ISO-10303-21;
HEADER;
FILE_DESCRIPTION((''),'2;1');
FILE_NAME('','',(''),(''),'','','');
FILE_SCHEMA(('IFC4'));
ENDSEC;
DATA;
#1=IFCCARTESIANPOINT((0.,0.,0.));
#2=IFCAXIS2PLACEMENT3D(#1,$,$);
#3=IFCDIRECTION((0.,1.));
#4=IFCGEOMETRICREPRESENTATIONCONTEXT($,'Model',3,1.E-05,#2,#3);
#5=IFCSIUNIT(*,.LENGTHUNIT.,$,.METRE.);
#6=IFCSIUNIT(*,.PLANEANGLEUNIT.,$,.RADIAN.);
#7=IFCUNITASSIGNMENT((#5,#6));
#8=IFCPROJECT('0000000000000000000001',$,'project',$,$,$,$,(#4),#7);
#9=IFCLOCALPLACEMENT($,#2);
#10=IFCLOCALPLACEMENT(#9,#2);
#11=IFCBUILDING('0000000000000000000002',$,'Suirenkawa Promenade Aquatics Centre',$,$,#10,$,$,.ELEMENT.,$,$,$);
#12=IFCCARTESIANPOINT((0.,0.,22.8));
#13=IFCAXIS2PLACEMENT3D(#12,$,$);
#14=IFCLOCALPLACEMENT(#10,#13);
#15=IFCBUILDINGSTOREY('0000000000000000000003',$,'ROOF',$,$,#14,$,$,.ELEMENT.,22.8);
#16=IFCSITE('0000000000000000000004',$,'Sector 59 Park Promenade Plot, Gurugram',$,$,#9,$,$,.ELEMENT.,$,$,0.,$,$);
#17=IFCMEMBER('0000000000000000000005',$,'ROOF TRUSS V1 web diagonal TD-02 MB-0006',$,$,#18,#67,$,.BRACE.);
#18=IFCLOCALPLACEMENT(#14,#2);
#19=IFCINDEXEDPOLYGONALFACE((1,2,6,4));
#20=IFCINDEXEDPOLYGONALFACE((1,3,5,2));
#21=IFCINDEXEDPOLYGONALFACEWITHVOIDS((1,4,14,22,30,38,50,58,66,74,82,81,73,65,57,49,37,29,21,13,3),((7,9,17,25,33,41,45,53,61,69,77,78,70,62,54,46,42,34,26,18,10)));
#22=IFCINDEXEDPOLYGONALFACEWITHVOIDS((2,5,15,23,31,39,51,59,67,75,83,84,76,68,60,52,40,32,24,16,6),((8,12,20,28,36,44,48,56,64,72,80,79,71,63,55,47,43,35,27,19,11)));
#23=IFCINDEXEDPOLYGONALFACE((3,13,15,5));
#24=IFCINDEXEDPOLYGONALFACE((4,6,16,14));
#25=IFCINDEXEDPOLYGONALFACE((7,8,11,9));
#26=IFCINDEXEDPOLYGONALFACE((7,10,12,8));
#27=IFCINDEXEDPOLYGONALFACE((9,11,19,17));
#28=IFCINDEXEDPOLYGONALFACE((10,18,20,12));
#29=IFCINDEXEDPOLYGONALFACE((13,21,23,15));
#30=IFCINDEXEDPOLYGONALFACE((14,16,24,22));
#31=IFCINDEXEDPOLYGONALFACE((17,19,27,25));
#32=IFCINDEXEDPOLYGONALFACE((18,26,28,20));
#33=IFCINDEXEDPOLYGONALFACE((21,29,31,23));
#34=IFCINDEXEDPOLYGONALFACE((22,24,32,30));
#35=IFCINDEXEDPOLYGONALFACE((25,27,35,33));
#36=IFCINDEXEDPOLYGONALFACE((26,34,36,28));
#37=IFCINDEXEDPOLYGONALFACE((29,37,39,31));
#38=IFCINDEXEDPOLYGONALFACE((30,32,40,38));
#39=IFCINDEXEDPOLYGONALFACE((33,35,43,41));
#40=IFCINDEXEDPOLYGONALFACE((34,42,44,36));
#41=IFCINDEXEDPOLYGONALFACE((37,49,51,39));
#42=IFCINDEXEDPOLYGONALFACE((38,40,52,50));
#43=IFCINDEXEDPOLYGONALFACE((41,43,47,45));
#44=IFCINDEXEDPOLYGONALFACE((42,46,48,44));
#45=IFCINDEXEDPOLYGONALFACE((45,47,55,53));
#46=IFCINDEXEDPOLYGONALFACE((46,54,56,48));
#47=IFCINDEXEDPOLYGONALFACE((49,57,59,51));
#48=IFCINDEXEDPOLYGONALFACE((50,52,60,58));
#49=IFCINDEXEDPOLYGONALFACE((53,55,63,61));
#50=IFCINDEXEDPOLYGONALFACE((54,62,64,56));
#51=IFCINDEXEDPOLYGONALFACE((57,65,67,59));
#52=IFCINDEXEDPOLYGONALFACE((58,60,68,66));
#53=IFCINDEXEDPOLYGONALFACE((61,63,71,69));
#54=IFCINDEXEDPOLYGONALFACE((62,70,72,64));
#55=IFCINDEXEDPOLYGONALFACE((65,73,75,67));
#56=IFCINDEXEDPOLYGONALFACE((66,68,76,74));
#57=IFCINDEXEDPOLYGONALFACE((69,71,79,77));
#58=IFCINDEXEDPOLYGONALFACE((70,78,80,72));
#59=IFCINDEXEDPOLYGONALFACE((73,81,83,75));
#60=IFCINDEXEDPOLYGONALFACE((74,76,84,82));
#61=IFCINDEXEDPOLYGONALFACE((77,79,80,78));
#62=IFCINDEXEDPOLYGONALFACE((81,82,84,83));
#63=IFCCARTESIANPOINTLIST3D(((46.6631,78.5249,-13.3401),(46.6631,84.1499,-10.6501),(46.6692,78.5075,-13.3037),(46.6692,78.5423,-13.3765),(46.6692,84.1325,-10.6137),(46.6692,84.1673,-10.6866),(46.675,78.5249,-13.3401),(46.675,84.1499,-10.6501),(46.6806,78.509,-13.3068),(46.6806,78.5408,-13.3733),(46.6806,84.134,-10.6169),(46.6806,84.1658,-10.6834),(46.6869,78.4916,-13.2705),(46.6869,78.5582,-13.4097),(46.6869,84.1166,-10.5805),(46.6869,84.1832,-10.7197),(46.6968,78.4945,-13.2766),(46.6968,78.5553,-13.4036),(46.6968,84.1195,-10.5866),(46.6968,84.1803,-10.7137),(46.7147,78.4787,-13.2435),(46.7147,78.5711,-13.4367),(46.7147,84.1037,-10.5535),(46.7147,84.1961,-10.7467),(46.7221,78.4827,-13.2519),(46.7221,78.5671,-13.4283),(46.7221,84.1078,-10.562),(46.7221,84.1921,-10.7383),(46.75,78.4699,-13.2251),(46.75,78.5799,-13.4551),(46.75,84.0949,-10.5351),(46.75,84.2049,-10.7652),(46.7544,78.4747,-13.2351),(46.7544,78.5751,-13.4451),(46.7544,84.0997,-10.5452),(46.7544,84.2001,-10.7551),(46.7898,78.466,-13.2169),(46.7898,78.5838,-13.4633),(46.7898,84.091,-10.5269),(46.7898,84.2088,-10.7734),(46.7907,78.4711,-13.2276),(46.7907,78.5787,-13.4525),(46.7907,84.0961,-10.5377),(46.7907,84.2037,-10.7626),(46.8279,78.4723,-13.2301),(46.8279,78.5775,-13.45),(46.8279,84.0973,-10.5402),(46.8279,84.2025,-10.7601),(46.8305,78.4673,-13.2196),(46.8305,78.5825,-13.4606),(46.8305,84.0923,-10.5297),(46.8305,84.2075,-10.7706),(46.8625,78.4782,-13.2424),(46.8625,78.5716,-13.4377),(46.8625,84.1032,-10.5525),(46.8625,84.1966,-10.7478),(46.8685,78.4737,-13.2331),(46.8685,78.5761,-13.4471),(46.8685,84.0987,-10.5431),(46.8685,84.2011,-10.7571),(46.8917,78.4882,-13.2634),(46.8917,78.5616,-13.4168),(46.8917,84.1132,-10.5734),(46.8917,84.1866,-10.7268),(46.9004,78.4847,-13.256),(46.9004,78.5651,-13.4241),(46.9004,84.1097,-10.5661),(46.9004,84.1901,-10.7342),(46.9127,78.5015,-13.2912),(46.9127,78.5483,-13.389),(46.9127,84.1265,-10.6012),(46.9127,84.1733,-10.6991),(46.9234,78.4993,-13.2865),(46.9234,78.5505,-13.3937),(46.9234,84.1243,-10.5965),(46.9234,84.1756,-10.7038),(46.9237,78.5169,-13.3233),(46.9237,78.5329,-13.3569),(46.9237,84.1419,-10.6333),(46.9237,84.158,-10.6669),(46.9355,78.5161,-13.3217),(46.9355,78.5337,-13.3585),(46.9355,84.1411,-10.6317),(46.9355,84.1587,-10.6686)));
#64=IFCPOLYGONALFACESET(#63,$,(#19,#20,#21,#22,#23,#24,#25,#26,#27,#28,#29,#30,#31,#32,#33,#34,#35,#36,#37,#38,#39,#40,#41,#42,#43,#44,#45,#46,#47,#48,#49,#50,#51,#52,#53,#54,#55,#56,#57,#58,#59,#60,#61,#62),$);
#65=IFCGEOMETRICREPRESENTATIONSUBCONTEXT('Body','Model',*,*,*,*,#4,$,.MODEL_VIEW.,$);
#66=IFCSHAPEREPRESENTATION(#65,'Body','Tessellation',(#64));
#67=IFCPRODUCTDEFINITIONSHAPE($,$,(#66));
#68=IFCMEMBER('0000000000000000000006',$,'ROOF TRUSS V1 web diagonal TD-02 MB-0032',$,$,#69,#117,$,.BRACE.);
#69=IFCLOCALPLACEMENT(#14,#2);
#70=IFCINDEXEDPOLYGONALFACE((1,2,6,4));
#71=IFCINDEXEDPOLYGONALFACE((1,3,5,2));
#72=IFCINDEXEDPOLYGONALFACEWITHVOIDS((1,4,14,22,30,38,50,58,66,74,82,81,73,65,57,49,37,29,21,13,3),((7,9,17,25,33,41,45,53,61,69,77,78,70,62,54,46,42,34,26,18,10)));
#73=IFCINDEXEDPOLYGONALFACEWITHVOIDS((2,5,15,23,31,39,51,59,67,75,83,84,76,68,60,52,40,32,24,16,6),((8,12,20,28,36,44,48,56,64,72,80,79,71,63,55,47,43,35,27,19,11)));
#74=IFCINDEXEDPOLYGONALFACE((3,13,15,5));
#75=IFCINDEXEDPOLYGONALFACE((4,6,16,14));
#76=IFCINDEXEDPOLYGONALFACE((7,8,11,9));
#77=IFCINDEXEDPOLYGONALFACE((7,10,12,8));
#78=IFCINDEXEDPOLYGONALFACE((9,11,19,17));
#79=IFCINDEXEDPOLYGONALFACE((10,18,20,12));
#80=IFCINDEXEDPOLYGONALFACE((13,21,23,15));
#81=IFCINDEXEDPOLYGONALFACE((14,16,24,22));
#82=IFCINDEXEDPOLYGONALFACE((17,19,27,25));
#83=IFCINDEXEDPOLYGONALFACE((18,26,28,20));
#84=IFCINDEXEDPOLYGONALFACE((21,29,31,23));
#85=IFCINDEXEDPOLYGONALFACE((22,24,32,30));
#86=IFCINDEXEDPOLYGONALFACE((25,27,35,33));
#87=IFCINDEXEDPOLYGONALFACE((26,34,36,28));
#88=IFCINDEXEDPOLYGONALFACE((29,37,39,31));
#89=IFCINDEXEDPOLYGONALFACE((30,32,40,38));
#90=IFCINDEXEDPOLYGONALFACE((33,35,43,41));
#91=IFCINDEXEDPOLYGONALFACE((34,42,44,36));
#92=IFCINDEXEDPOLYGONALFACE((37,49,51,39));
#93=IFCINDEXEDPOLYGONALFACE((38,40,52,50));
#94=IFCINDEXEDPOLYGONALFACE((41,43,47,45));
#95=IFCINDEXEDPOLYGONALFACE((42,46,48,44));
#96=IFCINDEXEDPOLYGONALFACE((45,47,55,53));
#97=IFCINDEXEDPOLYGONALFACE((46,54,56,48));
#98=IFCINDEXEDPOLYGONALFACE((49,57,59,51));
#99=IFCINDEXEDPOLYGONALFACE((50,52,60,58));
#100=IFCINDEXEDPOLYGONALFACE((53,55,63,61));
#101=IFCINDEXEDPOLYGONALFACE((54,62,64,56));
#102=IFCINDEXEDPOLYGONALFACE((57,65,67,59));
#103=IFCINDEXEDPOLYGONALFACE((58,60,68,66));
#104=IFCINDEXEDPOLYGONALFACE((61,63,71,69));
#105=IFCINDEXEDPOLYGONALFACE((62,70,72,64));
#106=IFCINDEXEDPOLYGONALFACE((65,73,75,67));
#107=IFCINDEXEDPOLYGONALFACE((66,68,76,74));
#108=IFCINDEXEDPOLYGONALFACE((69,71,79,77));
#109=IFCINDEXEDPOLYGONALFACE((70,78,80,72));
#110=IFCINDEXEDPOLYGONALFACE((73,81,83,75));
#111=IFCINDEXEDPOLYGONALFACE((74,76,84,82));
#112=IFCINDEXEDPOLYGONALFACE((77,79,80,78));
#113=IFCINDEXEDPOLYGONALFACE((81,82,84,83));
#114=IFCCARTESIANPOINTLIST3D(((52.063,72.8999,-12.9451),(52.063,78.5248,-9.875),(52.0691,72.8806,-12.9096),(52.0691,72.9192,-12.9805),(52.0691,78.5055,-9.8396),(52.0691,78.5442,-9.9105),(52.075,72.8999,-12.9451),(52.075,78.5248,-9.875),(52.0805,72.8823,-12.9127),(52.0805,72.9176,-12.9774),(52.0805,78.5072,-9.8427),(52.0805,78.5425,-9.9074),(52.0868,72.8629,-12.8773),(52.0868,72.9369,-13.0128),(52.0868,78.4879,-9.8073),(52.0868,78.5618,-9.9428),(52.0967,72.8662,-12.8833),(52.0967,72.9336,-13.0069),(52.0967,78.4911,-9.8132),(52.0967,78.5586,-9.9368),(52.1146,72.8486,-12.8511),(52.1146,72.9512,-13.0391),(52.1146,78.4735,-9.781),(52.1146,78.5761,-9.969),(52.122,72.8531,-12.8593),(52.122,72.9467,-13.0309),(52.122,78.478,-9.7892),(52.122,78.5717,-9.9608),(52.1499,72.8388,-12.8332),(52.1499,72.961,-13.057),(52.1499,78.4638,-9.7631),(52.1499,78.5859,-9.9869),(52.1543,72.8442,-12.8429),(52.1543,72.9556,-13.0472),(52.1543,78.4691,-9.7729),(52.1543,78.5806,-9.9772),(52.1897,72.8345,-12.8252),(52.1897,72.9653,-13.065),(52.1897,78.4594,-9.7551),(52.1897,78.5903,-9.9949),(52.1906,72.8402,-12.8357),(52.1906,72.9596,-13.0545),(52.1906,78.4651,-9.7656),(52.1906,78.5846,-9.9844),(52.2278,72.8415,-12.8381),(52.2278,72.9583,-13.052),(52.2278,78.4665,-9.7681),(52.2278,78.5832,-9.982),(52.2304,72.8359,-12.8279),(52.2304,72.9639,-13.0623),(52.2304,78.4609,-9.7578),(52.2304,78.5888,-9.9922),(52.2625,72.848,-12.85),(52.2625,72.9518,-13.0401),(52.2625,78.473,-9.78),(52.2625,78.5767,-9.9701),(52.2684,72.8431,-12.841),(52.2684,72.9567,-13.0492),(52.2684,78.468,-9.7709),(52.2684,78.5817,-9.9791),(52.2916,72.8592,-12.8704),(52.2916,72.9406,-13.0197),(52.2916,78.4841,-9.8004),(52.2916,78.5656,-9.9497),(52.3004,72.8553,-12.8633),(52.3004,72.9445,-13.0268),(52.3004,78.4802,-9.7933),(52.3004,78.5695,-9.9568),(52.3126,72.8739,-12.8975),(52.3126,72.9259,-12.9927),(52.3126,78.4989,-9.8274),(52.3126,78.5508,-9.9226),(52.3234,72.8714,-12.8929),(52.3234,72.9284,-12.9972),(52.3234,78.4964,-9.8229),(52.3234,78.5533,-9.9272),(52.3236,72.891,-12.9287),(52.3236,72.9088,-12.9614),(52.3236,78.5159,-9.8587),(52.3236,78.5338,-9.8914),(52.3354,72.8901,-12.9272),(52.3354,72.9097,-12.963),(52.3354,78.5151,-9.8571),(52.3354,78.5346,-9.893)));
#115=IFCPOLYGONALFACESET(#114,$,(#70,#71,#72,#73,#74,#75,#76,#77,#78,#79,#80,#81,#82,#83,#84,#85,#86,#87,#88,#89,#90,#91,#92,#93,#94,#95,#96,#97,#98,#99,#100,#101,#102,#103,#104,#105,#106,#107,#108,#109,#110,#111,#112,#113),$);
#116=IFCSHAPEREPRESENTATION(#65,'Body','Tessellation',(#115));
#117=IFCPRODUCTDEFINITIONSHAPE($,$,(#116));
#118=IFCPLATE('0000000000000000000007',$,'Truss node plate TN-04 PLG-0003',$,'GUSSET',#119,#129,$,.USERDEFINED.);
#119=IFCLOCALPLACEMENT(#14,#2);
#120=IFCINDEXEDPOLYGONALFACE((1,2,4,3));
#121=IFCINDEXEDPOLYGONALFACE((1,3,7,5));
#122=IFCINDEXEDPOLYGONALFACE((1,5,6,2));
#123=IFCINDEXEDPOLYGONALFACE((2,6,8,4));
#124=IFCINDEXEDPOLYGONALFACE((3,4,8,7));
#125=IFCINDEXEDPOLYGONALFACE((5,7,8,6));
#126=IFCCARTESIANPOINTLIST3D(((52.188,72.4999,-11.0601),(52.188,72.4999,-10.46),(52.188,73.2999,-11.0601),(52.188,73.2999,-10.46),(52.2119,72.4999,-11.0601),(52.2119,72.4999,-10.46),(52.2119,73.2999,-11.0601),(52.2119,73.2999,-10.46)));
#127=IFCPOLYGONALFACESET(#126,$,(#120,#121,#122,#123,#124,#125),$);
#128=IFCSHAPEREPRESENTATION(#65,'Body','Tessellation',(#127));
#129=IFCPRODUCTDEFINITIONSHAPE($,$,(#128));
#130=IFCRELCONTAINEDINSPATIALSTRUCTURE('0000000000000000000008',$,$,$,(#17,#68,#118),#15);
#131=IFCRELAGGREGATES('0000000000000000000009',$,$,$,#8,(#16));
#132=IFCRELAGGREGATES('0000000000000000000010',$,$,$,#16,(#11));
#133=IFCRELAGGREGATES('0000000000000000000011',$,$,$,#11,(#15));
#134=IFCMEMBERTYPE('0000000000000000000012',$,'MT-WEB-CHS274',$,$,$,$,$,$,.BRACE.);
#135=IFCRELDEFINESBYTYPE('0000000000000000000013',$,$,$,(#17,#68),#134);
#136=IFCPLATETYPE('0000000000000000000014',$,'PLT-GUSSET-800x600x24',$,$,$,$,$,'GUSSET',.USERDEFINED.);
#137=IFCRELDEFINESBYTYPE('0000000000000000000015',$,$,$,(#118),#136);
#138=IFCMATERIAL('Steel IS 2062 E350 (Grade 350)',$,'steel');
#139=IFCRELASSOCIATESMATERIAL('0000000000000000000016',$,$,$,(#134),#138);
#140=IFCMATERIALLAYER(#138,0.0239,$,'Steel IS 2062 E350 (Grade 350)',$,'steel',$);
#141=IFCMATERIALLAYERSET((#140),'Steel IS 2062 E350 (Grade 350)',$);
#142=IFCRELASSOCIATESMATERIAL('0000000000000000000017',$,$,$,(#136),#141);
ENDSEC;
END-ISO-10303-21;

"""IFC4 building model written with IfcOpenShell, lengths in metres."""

from ifc_helpers import new_model, si_unit, direction, frame, origin, origin_2d, place, context, subcontext, project, spatial, rectangle, hollow_circle, extrude, material, layer, layer_set, material_profile, profile_set, type_object, element, save


model = new_model("IFC4")

# Units and contexts
model_context = context("Model", 3, precision=1e-05, world=origin(), true_north=direction((0.0, 1.0)))
body_context = subcontext(model_context, "Body", "Model", "MODEL_VIEW")
ifc_project = project(units=[si_unit("LENGTHUNIT", "METRE"), si_unit("PLANEANGLEUNIT", "RADIAN")], contexts=[model_context])

# Site, building, storey
site_placement = place(None, origin())
site = spatial("IfcSite", under=ifc_project, at=site_placement, Name="Sector 59 Park Promenade Plot, Gurugram", CompositionType="ELEMENT", RefElevation=0.0)
building_placement = place(site_placement, origin())
building = spatial("IfcBuilding", under=site, at=building_placement, Name="Suirenkawa Promenade Aquatics Centre", CompositionType="ELEMENT")
storey_placement = place(building_placement, frame((0.0, 0.0, 22.8)))
storey = spatial("IfcBuildingStorey", under=building, at=storey_placement, Name="ROOF", CompositionType="ELEMENT", Elevation=22.8)

# Shared definitions
ifc_material = material(Name="Steel IS 2062 E350 (Grade 350)", Category="steel")

# Members
ifc_material_profile_1 = material_profile(ifc_material, hollow_circle(Radius=0.137, WallThickness=0.012, at=origin_2d()), Name="CHS 274x12", Category="steel")
ifc_profile_set_1 = profile_set([ifc_material_profile_1], Name="Steel IS 2062 E350 (Grade 350)")
member_type_1 = type_object("IfcMemberType", Name="MT-WEB-CHS274", PredefinedType="BRACE", material=ifc_profile_set_1)
member_1_placement = place(storey_placement, frame((46.8, 78.5249, -13.3401), z_axis=(0.0, 0.902151, 0.431419), x_axis=(-1.0, 0.0, 0.0)))
element("IfcMember", 1, at=member_1_placement, inside=storey, type_object=member_type_1, Name="ROOF TRUSS V1 web diagonal TD-02 MB-0006", PredefinedType="BRACE", context=body_context, shape_type="SweptSolid", body=[
    extrude(hollow_circle(Radius=0.137, WallThickness=0.012, at=origin_2d()), origin(), (0.0, 0.0, 1.0), 6.2351),
])
member_2_placement = place(storey_placement, frame((52.2, 72.8999, -12.9451), z_axis=(0.0, 0.877772, 0.479079), x_axis=(-1.0, 0.0, 0.0)))
element("IfcMember", 2, at=member_2_placement, inside=storey, type_object=member_type_1, Name="ROOF TRUSS V1 web diagonal TD-02 MB-0032", PredefinedType="BRACE", context=body_context, shape_type="SweptSolid", body=[
    extrude(hollow_circle(Radius=0.137, WallThickness=0.012, at=origin_2d()), origin(), (0.0, 0.0, 1.0), 6.4082),
])

# Plate
ifc_layer = layer(ifc_material, 0.0239, Name="Steel IS 2062 E350 (Grade 350)", Category="steel")
ifc_layer_set = layer_set([ifc_layer], Name="Steel IS 2062 E350 (Grade 350)")
plate_type = type_object("IfcPlateType", Name="PLT-GUSSET-800x600x24", ElementType="GUSSET", PredefinedType="USERDEFINED", material=ifc_layer_set)
plate_placement = place(storey_placement, frame((52.2, 72.8999, -11.0601), z_axis=(0.0, 0.0, 1.0), x_axis=(0.0, 1.0, 0.0)))
element("IfcPlate", 3, at=plate_placement, inside=storey, type_object=plate_type, Name="Truss node plate TN-04 PLG-0003", ObjectType="GUSSET", PredefinedType="USERDEFINED", context=body_context, shape_type="SweptSolid", body=[
    extrude(rectangle(XDim=0.8, YDim=0.0239, at=origin_2d()), origin(), (0.0, 0.0, 1.0), 0.6001),
])

save(model, "model.ifc")
